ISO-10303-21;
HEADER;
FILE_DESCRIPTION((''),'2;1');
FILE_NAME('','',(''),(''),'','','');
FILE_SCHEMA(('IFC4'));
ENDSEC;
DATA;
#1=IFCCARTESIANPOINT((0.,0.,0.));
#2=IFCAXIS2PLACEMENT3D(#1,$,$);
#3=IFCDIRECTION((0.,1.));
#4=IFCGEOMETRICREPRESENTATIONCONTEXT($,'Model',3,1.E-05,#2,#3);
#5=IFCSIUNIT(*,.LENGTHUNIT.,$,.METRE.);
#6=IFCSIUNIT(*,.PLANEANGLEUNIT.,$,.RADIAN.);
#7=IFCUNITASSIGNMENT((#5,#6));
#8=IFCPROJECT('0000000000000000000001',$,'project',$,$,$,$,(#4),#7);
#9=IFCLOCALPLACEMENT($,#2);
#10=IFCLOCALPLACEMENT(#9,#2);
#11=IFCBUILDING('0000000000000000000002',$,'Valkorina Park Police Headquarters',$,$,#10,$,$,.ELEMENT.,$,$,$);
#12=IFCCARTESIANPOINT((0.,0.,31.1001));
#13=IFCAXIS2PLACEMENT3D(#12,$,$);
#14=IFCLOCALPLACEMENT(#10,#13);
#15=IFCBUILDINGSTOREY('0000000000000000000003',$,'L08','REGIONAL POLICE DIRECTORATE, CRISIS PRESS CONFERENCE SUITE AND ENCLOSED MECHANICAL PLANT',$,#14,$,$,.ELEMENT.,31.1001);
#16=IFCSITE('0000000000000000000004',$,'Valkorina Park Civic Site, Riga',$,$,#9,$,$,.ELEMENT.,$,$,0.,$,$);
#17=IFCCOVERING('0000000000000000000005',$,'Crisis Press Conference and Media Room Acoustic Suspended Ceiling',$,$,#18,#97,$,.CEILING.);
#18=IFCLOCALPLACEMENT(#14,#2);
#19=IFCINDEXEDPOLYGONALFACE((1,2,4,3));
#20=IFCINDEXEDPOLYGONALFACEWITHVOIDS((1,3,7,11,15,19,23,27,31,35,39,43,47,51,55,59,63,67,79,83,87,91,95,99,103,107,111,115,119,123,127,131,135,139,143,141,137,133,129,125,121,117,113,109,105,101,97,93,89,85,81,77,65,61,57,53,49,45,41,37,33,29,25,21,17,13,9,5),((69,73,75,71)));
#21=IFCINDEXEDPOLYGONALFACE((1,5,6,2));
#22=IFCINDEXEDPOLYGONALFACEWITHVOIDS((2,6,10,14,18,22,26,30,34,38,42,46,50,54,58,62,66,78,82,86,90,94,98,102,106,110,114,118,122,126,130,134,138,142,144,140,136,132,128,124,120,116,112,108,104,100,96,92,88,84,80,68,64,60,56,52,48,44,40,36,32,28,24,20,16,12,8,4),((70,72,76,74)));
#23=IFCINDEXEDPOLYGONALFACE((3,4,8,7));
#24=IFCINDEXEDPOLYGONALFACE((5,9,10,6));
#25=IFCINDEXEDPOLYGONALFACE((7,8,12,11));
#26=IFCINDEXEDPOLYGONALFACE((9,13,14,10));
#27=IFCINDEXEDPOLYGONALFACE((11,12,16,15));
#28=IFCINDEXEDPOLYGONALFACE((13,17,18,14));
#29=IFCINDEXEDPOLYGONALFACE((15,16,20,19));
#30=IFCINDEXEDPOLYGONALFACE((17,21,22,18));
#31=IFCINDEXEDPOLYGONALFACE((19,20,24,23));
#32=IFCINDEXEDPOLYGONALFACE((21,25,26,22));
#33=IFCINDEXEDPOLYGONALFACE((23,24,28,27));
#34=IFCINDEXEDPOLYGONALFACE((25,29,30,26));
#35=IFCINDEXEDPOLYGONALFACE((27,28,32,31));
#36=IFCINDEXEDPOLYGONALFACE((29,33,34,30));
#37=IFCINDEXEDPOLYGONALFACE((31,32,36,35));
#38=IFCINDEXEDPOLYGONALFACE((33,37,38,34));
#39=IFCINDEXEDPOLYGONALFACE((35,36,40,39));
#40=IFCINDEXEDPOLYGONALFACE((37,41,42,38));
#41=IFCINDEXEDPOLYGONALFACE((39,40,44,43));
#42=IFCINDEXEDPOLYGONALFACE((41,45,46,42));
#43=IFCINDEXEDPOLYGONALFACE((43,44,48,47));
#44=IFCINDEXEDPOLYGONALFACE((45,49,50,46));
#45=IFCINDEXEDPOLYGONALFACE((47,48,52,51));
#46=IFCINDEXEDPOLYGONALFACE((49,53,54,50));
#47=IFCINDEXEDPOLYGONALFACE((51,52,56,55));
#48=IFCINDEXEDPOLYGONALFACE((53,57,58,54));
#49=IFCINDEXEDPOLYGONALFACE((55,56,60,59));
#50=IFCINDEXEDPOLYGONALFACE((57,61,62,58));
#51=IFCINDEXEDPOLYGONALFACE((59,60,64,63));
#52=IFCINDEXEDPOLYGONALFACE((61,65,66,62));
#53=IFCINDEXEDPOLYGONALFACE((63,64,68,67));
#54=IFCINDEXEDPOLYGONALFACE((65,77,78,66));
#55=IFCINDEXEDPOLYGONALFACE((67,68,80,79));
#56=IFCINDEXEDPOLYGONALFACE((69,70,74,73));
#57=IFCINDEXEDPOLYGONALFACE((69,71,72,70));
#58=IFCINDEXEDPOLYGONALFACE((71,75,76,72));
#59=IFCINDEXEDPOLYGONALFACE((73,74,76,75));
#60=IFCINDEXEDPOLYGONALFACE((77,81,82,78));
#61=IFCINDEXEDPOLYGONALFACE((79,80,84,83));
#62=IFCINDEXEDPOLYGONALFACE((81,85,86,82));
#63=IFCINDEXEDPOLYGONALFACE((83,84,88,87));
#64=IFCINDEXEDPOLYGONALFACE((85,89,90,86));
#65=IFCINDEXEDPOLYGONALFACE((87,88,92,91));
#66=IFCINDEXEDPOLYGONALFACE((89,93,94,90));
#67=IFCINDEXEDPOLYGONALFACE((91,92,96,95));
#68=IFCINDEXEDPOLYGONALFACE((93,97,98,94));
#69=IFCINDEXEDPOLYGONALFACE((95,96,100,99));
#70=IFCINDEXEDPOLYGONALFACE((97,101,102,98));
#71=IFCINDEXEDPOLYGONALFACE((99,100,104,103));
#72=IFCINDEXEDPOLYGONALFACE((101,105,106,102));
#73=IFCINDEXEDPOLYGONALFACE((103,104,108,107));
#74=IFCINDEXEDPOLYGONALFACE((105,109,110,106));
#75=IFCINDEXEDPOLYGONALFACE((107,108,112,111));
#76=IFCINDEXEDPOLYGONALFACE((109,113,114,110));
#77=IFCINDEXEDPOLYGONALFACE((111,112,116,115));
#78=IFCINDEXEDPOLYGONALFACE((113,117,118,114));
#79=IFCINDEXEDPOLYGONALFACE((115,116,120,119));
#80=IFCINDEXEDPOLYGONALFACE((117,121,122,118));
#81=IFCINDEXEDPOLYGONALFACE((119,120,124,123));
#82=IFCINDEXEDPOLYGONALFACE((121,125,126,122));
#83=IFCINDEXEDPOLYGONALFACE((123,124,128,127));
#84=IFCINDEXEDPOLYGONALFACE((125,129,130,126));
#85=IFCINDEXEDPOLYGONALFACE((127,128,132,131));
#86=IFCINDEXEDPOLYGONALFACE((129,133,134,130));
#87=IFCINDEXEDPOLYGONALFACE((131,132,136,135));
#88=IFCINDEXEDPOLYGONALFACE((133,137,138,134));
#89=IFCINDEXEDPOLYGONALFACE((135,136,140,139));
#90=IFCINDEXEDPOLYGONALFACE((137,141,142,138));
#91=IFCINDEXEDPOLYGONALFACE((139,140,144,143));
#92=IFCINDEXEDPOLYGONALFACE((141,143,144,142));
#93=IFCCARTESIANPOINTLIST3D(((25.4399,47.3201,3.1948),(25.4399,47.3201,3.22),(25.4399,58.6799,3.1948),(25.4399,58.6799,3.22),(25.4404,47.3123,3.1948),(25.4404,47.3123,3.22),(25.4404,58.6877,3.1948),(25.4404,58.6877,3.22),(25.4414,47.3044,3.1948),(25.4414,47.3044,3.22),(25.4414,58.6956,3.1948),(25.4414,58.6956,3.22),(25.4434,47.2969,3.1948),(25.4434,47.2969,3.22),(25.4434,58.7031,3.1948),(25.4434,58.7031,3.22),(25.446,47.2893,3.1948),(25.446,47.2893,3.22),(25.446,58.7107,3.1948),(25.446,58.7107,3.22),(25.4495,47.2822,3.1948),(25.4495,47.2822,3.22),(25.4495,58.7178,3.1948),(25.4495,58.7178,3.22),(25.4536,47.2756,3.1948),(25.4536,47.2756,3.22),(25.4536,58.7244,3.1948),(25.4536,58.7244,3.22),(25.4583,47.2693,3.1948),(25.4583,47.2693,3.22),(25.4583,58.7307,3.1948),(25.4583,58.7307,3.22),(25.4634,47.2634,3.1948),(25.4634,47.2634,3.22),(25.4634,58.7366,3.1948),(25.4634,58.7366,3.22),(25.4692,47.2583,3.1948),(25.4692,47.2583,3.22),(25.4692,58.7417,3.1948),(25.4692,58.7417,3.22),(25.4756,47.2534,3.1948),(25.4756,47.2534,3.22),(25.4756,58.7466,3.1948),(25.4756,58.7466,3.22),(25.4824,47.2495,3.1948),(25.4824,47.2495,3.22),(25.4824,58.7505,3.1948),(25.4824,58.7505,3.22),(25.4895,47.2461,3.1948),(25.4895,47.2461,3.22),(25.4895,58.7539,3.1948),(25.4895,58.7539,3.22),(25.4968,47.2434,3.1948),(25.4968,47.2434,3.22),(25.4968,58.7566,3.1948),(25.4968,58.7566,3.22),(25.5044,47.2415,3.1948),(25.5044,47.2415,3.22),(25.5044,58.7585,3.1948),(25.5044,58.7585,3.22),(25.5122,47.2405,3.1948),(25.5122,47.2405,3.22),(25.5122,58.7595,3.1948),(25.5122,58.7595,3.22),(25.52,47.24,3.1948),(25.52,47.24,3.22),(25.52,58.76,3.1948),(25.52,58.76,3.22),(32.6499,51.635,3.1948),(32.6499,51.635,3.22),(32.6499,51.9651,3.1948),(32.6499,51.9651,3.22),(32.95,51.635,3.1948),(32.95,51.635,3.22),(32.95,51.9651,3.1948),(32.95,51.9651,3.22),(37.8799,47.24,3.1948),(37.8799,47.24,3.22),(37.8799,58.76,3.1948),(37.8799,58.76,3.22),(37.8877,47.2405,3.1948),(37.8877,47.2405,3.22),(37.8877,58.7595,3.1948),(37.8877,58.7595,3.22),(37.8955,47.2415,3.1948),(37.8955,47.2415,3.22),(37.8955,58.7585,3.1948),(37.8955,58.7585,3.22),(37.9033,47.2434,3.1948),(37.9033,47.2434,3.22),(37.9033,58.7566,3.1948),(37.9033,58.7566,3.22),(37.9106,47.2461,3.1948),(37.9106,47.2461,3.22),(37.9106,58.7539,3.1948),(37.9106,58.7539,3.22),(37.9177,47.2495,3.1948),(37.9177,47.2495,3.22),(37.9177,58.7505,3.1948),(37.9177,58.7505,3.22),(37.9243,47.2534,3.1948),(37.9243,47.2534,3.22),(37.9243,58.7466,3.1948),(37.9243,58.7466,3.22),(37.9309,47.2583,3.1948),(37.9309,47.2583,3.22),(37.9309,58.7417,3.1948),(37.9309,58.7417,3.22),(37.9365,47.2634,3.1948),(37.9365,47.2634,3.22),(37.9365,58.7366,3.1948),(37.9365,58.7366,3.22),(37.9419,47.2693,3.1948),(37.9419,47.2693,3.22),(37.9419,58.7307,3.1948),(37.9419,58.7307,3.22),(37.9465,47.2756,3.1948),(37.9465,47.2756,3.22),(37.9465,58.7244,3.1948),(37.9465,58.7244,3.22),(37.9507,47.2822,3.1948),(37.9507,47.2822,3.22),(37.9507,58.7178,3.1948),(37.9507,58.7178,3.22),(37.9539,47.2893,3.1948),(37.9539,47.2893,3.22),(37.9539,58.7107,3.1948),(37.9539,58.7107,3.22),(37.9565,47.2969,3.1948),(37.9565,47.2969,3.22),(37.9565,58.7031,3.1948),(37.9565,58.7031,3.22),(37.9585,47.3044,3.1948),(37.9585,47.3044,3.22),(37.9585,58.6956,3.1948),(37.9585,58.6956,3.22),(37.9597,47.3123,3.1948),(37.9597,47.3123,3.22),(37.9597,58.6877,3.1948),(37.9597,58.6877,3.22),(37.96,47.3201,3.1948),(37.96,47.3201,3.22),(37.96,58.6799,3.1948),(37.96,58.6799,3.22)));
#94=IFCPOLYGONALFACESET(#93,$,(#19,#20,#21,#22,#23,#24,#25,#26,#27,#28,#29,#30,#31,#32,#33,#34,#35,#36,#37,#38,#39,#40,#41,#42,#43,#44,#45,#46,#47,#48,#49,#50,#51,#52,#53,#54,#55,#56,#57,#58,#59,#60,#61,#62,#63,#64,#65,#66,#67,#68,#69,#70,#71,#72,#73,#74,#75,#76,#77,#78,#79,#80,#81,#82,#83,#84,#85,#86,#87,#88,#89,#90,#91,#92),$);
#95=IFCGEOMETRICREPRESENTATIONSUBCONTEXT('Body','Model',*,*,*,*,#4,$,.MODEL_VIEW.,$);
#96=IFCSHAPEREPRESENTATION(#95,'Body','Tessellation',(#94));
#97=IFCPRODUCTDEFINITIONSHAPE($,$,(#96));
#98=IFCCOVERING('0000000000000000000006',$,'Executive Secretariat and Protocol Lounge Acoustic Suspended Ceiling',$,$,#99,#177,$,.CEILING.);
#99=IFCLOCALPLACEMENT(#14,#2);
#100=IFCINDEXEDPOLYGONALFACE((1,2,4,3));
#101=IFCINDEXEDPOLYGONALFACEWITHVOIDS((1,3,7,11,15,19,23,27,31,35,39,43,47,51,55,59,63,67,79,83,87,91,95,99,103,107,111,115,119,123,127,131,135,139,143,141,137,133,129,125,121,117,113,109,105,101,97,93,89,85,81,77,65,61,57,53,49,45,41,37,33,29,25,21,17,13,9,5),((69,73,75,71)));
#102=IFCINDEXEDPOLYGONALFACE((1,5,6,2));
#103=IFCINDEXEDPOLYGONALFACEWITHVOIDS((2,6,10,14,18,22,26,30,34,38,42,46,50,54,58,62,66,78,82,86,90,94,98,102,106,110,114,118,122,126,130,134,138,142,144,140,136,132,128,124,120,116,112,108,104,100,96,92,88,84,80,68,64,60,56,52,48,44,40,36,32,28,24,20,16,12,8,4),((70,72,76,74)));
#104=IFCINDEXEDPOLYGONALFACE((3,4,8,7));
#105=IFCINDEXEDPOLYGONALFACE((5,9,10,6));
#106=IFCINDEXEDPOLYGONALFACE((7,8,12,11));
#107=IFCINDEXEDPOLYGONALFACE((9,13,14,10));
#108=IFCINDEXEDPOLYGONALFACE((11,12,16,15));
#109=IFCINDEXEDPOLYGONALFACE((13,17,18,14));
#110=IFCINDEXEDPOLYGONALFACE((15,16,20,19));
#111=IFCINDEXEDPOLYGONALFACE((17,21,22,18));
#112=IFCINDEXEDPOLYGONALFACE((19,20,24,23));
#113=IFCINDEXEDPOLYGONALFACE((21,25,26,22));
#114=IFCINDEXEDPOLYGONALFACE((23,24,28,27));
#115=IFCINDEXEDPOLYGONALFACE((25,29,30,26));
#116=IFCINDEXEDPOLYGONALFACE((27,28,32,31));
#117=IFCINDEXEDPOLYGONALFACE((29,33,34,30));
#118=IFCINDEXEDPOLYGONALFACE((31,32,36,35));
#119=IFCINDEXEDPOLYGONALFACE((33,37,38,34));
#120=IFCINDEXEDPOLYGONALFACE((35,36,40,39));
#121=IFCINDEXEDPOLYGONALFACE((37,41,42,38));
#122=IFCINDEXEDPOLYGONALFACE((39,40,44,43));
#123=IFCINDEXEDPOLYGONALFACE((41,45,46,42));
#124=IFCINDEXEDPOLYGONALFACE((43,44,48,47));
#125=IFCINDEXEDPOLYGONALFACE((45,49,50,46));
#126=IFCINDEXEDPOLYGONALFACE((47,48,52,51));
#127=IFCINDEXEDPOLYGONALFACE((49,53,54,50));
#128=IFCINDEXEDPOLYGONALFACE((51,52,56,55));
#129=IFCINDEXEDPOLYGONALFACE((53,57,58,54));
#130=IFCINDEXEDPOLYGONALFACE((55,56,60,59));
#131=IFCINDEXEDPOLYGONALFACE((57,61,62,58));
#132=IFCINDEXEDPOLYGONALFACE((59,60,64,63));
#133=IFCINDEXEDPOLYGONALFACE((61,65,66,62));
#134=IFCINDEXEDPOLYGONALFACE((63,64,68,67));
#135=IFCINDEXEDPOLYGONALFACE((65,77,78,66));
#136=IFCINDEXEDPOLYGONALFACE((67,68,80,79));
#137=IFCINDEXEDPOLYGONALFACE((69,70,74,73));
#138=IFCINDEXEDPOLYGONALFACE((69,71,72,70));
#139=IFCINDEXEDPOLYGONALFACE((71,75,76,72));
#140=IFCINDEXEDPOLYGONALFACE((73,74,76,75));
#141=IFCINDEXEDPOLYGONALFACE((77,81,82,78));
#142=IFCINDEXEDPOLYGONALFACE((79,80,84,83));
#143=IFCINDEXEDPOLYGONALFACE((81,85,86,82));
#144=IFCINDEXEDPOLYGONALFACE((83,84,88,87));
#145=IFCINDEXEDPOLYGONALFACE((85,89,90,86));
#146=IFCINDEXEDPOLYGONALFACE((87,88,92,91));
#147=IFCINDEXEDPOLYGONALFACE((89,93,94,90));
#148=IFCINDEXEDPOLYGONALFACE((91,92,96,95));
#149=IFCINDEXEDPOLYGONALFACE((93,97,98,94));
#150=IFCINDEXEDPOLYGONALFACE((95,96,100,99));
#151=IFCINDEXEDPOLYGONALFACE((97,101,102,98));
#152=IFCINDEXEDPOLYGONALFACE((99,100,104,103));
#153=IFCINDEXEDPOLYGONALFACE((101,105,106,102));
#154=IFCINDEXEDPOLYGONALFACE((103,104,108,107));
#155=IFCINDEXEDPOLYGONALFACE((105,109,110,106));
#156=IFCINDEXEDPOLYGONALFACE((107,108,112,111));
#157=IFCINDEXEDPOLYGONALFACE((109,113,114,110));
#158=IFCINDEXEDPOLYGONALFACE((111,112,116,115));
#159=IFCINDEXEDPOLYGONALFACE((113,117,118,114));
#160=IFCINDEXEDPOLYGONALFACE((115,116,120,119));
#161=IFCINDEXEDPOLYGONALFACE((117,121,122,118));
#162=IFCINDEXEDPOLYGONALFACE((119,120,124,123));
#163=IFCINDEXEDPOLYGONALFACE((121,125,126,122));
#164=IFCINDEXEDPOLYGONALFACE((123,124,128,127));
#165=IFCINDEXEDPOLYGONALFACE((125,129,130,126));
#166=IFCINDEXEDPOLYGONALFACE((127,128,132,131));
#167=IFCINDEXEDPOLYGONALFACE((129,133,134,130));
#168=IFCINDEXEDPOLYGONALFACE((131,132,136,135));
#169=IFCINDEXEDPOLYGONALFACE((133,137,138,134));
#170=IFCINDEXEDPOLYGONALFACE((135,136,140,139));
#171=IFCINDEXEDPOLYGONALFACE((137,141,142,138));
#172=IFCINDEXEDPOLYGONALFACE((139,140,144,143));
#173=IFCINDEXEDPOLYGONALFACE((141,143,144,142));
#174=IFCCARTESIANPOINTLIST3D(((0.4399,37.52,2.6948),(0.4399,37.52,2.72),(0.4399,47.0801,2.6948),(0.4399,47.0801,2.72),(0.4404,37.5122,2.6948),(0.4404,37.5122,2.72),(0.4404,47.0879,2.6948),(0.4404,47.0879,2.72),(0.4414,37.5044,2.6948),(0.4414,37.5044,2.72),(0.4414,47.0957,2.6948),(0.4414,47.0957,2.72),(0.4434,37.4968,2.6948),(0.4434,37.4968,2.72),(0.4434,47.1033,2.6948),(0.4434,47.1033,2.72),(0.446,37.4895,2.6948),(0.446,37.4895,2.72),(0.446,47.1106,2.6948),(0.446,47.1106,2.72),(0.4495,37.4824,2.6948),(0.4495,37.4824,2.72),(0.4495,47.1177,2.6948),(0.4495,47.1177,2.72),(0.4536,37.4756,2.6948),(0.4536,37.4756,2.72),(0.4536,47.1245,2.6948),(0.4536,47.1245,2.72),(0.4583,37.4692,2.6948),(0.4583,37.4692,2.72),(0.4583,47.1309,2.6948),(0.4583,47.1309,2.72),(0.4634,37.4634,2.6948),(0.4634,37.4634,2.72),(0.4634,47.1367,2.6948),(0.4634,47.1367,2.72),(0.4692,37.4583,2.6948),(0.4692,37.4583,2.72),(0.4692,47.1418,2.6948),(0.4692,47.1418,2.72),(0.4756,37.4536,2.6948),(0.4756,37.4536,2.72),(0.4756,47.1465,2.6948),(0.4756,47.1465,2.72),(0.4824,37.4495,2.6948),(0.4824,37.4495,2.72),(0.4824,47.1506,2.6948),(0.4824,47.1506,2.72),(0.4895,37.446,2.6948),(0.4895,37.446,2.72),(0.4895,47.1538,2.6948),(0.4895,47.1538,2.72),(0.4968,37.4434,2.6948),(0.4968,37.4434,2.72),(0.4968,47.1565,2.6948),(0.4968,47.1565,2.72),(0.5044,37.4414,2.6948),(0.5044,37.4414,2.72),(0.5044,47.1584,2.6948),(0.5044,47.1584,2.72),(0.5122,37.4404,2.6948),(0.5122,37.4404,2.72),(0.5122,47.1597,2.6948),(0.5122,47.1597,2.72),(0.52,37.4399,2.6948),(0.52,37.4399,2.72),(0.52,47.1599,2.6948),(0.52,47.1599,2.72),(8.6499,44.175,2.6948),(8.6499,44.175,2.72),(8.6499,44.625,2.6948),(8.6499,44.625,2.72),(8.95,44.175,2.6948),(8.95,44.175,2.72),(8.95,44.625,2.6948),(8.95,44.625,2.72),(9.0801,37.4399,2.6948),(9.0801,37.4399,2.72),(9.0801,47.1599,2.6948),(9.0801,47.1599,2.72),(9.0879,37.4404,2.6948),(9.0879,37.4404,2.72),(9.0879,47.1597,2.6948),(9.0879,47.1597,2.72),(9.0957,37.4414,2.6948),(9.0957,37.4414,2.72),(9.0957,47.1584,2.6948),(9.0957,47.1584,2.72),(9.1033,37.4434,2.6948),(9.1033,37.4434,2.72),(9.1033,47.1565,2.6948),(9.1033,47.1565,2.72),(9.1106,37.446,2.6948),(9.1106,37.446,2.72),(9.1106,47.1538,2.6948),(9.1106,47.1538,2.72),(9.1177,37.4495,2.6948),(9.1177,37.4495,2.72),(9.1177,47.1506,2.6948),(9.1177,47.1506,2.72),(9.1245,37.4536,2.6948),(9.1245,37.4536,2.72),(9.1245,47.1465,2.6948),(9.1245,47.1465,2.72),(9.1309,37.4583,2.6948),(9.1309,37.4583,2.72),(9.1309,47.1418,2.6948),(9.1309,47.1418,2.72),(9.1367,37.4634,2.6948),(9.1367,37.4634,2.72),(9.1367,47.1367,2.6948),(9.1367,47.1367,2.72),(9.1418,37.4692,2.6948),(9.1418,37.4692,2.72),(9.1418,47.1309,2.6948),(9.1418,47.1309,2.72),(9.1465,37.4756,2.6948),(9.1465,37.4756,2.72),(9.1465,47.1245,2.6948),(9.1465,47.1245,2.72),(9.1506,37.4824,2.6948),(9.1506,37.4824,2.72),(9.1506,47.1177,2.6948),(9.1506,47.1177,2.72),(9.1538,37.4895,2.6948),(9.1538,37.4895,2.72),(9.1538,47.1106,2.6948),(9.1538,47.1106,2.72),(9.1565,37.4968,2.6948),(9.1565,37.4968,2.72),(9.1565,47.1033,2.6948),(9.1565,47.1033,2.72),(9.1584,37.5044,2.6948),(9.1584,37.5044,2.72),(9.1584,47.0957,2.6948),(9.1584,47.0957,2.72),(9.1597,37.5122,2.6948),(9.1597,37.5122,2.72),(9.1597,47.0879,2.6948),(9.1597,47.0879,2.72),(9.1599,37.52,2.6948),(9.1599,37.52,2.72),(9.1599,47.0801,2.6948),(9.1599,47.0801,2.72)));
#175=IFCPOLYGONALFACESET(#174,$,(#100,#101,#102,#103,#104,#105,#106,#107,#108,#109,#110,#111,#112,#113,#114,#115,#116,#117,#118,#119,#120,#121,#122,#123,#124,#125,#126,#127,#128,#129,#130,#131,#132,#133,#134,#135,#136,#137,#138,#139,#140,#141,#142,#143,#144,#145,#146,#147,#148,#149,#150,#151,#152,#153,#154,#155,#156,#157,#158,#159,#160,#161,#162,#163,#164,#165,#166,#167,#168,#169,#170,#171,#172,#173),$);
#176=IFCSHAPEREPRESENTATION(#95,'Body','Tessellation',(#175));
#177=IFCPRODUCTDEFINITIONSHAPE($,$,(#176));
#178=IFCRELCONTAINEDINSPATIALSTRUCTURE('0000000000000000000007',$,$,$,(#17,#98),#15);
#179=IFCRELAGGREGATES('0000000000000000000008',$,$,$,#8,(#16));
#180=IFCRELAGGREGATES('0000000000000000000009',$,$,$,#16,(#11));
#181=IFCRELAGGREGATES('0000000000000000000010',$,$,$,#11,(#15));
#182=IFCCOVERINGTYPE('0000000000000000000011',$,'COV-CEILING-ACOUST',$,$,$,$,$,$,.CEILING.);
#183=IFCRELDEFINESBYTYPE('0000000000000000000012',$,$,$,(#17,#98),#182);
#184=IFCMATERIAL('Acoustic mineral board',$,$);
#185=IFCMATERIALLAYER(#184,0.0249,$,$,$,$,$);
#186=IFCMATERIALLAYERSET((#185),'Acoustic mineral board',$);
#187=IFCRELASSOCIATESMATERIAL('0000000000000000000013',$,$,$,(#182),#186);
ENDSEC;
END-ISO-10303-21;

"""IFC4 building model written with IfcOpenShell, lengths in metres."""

from ifc_helpers import new_model, si_unit, direction, frame, origin, place, context, subcontext, project, spatial, polyline, outline, extrude, material, layer, layer_set, type_object, element, save


model = new_model("IFC4")

# Units and contexts
model_context = context("Model", 3, precision=1e-05, world=origin(), true_north=direction((0.0, 1.0)))
body_context = subcontext(model_context, "Body", "Model", "MODEL_VIEW")
ifc_project = project(units=[si_unit("LENGTHUNIT", "METRE"), si_unit("PLANEANGLEUNIT", "RADIAN")], contexts=[model_context])

# Site, building, storey
site_placement = place(None, origin())
site = spatial("IfcSite", under=ifc_project, at=site_placement, Name="Valkorina Park Civic Site, Riga", CompositionType="ELEMENT", RefElevation=0.0)
building_placement = place(site_placement, origin())
building = spatial("IfcBuilding", under=site, at=building_placement, Name="Valkorina Park Police Headquarters", CompositionType="ELEMENT")
storey_placement = place(building_placement, frame((0.0, 0.0, 31.1001)))
storey = spatial("IfcBuildingStorey", under=building, at=storey_placement, Name="L08", Description="REGIONAL POLICE DIRECTORATE, CRISIS PRESS CONFERENCE SUITE AND ENCLOSED MECHANICAL PLANT", CompositionType="ELEMENT", Elevation=31.1001)

# Coverings
ifc_material_1 = material(Name="Acoustic mineral board")
ifc_layer_1 = layer(ifc_material_1, 0.0249)
ifc_layer_set_1 = layer_set([ifc_layer_1], Name="Acoustic mineral board")
covering_type_1 = type_object("IfcCoveringType", Name="COV-CEILING-ACOUST", PredefinedType="CEILING", material=ifc_layer_set_1)
covering_1_placement = place(storey_placement, frame((0.0, 0.0, 3.1948)))
element("IfcCovering", 1, at=covering_1_placement, inside=storey, type_object=covering_type_1, Name="Crisis Press Conference and Media Room Acoustic Suspended Ceiling", PredefinedType="CEILING", context=body_context, shape_type="SweptSolid", body=[
    extrude(outline(polyline([(37.8955, 58.7585), (37.8877, 58.7595), (37.8799, 58.76), (25.52, 58.76), (25.5122, 58.7595), (25.5044, 58.7585), (25.4968, 58.7566), (25.4895, 58.7539), (25.4824, 58.7505), (25.4756, 58.7466), (25.4692, 58.7417), (25.4634, 58.7366), (25.4583, 58.7307), (25.4536, 58.7244), (25.4495, 58.7178), (25.446, 58.7107), (25.4434, 58.7031), (25.4414, 58.6956), (25.4404, 58.6877), (25.4399, 58.6799), (25.4399, 47.3201), (25.4404, 47.3123), (25.4414, 47.3044), (25.4434, 47.2969), (25.446, 47.2893), (25.4495, 47.2822), (25.4536, 47.2756), (25.4583, 47.2693), (25.4634, 47.2634), (25.4692, 47.2583), (25.4756, 47.2534), (25.4824, 47.2495), (25.4895, 47.2461), (25.4968, 47.2434), (25.5044, 47.2415), (25.5122, 47.2405), (25.52, 47.24), (37.8799, 47.24), (37.8877, 47.2405), (37.8955, 47.2415), (37.9033, 47.2434), (37.9106, 47.2461), (37.9177, 47.2495), (37.9243, 47.2534), (37.9309, 47.2583), (37.9365, 47.2634), (37.9419, 47.2693), (37.9465, 47.2756), (37.9507, 47.2822), (37.9539, 47.2893), (37.9565, 47.2969), (37.9585, 47.3044), (37.9597, 47.3123), (37.96, 47.3201), (37.96, 58.6799), (37.9597, 58.6877), (37.9585, 58.6956), (37.9565, 58.7031), (37.9539, 58.7107), (37.9507, 58.7178), (37.9465, 58.7244), (37.9419, 58.7307), (37.9365, 58.7366), (37.9309, 58.7417), (37.9243, 58.7466), (37.9177, 58.7505), (37.9106, 58.7539), (37.9033, 58.7566), (37.8955, 58.7585)]), holes=[polyline([(32.6499, 51.635), (32.6499, 51.9651), (32.95, 51.9651), (32.95, 51.635), (32.6499, 51.635)])]), origin(), (0.0, 0.0, 1.0), 0.0251),
])
covering_2_placement = place(storey_placement, frame((0.0, 0.0, 2.6948)))
element("IfcCovering", 2, at=covering_2_placement, inside=storey, type_object=covering_type_1, Name="Executive Secretariat and Protocol Lounge Acoustic Suspended Ceiling", PredefinedType="CEILING", context=body_context, shape_type="SweptSolid", body=[
    extrude(outline(polyline([(9.0957, 47.1584), (9.0879, 47.1597), (9.0801, 47.1599), (0.52, 47.1599), (0.5122, 47.1597), (0.5044, 47.1584), (0.4968, 47.1565), (0.4895, 47.1538), (0.4824, 47.1506), (0.4756, 47.1465), (0.4692, 47.1418), (0.4634, 47.1367), (0.4583, 47.1309), (0.4536, 47.1245), (0.4495, 47.1177), (0.446, 47.1106), (0.4434, 47.1033), (0.4414, 47.0957), (0.4404, 47.0879), (0.4399, 47.0801), (0.4399, 37.52), (0.4404, 37.5122), (0.4414, 37.5044), (0.4434, 37.4968), (0.446, 37.4895), (0.4495, 37.4824), (0.4536, 37.4756), (0.4583, 37.4692), (0.4634, 37.4634), (0.4692, 37.4583), (0.4756, 37.4536), (0.4824, 37.4495), (0.4895, 37.446), (0.4968, 37.4434), (0.5044, 37.4414), (0.5122, 37.4404), (0.52, 37.4399), (9.0801, 37.4399), (9.0879, 37.4404), (9.0957, 37.4414), (9.1033, 37.4434), (9.1106, 37.446), (9.1177, 37.4495), (9.1245, 37.4536), (9.1309, 37.4583), (9.1367, 37.4634), (9.1418, 37.4692), (9.1465, 37.4756), (9.1506, 37.4824), (9.1538, 37.4895), (9.1565, 37.4968), (9.1584, 37.5044), (9.1597, 37.5122), (9.1599, 37.52), (9.1599, 47.0801), (9.1597, 47.0879), (9.1584, 47.0957), (9.1565, 47.1033), (9.1538, 47.1106), (9.1506, 47.1177), (9.1465, 47.1245), (9.1418, 47.1309), (9.1367, 47.1367), (9.1309, 47.1418), (9.1245, 47.1465), (9.1177, 47.1506), (9.1106, 47.1538), (9.1033, 47.1565), (9.0957, 47.1584)]), holes=[polyline([(8.6499, 44.175), (8.6499, 44.625), (8.95, 44.625), (8.95, 44.175), (8.6499, 44.175)])]), origin(), (0.0, 0.0, 1.0), 0.0251),
])

save(model, "model.ifc")
